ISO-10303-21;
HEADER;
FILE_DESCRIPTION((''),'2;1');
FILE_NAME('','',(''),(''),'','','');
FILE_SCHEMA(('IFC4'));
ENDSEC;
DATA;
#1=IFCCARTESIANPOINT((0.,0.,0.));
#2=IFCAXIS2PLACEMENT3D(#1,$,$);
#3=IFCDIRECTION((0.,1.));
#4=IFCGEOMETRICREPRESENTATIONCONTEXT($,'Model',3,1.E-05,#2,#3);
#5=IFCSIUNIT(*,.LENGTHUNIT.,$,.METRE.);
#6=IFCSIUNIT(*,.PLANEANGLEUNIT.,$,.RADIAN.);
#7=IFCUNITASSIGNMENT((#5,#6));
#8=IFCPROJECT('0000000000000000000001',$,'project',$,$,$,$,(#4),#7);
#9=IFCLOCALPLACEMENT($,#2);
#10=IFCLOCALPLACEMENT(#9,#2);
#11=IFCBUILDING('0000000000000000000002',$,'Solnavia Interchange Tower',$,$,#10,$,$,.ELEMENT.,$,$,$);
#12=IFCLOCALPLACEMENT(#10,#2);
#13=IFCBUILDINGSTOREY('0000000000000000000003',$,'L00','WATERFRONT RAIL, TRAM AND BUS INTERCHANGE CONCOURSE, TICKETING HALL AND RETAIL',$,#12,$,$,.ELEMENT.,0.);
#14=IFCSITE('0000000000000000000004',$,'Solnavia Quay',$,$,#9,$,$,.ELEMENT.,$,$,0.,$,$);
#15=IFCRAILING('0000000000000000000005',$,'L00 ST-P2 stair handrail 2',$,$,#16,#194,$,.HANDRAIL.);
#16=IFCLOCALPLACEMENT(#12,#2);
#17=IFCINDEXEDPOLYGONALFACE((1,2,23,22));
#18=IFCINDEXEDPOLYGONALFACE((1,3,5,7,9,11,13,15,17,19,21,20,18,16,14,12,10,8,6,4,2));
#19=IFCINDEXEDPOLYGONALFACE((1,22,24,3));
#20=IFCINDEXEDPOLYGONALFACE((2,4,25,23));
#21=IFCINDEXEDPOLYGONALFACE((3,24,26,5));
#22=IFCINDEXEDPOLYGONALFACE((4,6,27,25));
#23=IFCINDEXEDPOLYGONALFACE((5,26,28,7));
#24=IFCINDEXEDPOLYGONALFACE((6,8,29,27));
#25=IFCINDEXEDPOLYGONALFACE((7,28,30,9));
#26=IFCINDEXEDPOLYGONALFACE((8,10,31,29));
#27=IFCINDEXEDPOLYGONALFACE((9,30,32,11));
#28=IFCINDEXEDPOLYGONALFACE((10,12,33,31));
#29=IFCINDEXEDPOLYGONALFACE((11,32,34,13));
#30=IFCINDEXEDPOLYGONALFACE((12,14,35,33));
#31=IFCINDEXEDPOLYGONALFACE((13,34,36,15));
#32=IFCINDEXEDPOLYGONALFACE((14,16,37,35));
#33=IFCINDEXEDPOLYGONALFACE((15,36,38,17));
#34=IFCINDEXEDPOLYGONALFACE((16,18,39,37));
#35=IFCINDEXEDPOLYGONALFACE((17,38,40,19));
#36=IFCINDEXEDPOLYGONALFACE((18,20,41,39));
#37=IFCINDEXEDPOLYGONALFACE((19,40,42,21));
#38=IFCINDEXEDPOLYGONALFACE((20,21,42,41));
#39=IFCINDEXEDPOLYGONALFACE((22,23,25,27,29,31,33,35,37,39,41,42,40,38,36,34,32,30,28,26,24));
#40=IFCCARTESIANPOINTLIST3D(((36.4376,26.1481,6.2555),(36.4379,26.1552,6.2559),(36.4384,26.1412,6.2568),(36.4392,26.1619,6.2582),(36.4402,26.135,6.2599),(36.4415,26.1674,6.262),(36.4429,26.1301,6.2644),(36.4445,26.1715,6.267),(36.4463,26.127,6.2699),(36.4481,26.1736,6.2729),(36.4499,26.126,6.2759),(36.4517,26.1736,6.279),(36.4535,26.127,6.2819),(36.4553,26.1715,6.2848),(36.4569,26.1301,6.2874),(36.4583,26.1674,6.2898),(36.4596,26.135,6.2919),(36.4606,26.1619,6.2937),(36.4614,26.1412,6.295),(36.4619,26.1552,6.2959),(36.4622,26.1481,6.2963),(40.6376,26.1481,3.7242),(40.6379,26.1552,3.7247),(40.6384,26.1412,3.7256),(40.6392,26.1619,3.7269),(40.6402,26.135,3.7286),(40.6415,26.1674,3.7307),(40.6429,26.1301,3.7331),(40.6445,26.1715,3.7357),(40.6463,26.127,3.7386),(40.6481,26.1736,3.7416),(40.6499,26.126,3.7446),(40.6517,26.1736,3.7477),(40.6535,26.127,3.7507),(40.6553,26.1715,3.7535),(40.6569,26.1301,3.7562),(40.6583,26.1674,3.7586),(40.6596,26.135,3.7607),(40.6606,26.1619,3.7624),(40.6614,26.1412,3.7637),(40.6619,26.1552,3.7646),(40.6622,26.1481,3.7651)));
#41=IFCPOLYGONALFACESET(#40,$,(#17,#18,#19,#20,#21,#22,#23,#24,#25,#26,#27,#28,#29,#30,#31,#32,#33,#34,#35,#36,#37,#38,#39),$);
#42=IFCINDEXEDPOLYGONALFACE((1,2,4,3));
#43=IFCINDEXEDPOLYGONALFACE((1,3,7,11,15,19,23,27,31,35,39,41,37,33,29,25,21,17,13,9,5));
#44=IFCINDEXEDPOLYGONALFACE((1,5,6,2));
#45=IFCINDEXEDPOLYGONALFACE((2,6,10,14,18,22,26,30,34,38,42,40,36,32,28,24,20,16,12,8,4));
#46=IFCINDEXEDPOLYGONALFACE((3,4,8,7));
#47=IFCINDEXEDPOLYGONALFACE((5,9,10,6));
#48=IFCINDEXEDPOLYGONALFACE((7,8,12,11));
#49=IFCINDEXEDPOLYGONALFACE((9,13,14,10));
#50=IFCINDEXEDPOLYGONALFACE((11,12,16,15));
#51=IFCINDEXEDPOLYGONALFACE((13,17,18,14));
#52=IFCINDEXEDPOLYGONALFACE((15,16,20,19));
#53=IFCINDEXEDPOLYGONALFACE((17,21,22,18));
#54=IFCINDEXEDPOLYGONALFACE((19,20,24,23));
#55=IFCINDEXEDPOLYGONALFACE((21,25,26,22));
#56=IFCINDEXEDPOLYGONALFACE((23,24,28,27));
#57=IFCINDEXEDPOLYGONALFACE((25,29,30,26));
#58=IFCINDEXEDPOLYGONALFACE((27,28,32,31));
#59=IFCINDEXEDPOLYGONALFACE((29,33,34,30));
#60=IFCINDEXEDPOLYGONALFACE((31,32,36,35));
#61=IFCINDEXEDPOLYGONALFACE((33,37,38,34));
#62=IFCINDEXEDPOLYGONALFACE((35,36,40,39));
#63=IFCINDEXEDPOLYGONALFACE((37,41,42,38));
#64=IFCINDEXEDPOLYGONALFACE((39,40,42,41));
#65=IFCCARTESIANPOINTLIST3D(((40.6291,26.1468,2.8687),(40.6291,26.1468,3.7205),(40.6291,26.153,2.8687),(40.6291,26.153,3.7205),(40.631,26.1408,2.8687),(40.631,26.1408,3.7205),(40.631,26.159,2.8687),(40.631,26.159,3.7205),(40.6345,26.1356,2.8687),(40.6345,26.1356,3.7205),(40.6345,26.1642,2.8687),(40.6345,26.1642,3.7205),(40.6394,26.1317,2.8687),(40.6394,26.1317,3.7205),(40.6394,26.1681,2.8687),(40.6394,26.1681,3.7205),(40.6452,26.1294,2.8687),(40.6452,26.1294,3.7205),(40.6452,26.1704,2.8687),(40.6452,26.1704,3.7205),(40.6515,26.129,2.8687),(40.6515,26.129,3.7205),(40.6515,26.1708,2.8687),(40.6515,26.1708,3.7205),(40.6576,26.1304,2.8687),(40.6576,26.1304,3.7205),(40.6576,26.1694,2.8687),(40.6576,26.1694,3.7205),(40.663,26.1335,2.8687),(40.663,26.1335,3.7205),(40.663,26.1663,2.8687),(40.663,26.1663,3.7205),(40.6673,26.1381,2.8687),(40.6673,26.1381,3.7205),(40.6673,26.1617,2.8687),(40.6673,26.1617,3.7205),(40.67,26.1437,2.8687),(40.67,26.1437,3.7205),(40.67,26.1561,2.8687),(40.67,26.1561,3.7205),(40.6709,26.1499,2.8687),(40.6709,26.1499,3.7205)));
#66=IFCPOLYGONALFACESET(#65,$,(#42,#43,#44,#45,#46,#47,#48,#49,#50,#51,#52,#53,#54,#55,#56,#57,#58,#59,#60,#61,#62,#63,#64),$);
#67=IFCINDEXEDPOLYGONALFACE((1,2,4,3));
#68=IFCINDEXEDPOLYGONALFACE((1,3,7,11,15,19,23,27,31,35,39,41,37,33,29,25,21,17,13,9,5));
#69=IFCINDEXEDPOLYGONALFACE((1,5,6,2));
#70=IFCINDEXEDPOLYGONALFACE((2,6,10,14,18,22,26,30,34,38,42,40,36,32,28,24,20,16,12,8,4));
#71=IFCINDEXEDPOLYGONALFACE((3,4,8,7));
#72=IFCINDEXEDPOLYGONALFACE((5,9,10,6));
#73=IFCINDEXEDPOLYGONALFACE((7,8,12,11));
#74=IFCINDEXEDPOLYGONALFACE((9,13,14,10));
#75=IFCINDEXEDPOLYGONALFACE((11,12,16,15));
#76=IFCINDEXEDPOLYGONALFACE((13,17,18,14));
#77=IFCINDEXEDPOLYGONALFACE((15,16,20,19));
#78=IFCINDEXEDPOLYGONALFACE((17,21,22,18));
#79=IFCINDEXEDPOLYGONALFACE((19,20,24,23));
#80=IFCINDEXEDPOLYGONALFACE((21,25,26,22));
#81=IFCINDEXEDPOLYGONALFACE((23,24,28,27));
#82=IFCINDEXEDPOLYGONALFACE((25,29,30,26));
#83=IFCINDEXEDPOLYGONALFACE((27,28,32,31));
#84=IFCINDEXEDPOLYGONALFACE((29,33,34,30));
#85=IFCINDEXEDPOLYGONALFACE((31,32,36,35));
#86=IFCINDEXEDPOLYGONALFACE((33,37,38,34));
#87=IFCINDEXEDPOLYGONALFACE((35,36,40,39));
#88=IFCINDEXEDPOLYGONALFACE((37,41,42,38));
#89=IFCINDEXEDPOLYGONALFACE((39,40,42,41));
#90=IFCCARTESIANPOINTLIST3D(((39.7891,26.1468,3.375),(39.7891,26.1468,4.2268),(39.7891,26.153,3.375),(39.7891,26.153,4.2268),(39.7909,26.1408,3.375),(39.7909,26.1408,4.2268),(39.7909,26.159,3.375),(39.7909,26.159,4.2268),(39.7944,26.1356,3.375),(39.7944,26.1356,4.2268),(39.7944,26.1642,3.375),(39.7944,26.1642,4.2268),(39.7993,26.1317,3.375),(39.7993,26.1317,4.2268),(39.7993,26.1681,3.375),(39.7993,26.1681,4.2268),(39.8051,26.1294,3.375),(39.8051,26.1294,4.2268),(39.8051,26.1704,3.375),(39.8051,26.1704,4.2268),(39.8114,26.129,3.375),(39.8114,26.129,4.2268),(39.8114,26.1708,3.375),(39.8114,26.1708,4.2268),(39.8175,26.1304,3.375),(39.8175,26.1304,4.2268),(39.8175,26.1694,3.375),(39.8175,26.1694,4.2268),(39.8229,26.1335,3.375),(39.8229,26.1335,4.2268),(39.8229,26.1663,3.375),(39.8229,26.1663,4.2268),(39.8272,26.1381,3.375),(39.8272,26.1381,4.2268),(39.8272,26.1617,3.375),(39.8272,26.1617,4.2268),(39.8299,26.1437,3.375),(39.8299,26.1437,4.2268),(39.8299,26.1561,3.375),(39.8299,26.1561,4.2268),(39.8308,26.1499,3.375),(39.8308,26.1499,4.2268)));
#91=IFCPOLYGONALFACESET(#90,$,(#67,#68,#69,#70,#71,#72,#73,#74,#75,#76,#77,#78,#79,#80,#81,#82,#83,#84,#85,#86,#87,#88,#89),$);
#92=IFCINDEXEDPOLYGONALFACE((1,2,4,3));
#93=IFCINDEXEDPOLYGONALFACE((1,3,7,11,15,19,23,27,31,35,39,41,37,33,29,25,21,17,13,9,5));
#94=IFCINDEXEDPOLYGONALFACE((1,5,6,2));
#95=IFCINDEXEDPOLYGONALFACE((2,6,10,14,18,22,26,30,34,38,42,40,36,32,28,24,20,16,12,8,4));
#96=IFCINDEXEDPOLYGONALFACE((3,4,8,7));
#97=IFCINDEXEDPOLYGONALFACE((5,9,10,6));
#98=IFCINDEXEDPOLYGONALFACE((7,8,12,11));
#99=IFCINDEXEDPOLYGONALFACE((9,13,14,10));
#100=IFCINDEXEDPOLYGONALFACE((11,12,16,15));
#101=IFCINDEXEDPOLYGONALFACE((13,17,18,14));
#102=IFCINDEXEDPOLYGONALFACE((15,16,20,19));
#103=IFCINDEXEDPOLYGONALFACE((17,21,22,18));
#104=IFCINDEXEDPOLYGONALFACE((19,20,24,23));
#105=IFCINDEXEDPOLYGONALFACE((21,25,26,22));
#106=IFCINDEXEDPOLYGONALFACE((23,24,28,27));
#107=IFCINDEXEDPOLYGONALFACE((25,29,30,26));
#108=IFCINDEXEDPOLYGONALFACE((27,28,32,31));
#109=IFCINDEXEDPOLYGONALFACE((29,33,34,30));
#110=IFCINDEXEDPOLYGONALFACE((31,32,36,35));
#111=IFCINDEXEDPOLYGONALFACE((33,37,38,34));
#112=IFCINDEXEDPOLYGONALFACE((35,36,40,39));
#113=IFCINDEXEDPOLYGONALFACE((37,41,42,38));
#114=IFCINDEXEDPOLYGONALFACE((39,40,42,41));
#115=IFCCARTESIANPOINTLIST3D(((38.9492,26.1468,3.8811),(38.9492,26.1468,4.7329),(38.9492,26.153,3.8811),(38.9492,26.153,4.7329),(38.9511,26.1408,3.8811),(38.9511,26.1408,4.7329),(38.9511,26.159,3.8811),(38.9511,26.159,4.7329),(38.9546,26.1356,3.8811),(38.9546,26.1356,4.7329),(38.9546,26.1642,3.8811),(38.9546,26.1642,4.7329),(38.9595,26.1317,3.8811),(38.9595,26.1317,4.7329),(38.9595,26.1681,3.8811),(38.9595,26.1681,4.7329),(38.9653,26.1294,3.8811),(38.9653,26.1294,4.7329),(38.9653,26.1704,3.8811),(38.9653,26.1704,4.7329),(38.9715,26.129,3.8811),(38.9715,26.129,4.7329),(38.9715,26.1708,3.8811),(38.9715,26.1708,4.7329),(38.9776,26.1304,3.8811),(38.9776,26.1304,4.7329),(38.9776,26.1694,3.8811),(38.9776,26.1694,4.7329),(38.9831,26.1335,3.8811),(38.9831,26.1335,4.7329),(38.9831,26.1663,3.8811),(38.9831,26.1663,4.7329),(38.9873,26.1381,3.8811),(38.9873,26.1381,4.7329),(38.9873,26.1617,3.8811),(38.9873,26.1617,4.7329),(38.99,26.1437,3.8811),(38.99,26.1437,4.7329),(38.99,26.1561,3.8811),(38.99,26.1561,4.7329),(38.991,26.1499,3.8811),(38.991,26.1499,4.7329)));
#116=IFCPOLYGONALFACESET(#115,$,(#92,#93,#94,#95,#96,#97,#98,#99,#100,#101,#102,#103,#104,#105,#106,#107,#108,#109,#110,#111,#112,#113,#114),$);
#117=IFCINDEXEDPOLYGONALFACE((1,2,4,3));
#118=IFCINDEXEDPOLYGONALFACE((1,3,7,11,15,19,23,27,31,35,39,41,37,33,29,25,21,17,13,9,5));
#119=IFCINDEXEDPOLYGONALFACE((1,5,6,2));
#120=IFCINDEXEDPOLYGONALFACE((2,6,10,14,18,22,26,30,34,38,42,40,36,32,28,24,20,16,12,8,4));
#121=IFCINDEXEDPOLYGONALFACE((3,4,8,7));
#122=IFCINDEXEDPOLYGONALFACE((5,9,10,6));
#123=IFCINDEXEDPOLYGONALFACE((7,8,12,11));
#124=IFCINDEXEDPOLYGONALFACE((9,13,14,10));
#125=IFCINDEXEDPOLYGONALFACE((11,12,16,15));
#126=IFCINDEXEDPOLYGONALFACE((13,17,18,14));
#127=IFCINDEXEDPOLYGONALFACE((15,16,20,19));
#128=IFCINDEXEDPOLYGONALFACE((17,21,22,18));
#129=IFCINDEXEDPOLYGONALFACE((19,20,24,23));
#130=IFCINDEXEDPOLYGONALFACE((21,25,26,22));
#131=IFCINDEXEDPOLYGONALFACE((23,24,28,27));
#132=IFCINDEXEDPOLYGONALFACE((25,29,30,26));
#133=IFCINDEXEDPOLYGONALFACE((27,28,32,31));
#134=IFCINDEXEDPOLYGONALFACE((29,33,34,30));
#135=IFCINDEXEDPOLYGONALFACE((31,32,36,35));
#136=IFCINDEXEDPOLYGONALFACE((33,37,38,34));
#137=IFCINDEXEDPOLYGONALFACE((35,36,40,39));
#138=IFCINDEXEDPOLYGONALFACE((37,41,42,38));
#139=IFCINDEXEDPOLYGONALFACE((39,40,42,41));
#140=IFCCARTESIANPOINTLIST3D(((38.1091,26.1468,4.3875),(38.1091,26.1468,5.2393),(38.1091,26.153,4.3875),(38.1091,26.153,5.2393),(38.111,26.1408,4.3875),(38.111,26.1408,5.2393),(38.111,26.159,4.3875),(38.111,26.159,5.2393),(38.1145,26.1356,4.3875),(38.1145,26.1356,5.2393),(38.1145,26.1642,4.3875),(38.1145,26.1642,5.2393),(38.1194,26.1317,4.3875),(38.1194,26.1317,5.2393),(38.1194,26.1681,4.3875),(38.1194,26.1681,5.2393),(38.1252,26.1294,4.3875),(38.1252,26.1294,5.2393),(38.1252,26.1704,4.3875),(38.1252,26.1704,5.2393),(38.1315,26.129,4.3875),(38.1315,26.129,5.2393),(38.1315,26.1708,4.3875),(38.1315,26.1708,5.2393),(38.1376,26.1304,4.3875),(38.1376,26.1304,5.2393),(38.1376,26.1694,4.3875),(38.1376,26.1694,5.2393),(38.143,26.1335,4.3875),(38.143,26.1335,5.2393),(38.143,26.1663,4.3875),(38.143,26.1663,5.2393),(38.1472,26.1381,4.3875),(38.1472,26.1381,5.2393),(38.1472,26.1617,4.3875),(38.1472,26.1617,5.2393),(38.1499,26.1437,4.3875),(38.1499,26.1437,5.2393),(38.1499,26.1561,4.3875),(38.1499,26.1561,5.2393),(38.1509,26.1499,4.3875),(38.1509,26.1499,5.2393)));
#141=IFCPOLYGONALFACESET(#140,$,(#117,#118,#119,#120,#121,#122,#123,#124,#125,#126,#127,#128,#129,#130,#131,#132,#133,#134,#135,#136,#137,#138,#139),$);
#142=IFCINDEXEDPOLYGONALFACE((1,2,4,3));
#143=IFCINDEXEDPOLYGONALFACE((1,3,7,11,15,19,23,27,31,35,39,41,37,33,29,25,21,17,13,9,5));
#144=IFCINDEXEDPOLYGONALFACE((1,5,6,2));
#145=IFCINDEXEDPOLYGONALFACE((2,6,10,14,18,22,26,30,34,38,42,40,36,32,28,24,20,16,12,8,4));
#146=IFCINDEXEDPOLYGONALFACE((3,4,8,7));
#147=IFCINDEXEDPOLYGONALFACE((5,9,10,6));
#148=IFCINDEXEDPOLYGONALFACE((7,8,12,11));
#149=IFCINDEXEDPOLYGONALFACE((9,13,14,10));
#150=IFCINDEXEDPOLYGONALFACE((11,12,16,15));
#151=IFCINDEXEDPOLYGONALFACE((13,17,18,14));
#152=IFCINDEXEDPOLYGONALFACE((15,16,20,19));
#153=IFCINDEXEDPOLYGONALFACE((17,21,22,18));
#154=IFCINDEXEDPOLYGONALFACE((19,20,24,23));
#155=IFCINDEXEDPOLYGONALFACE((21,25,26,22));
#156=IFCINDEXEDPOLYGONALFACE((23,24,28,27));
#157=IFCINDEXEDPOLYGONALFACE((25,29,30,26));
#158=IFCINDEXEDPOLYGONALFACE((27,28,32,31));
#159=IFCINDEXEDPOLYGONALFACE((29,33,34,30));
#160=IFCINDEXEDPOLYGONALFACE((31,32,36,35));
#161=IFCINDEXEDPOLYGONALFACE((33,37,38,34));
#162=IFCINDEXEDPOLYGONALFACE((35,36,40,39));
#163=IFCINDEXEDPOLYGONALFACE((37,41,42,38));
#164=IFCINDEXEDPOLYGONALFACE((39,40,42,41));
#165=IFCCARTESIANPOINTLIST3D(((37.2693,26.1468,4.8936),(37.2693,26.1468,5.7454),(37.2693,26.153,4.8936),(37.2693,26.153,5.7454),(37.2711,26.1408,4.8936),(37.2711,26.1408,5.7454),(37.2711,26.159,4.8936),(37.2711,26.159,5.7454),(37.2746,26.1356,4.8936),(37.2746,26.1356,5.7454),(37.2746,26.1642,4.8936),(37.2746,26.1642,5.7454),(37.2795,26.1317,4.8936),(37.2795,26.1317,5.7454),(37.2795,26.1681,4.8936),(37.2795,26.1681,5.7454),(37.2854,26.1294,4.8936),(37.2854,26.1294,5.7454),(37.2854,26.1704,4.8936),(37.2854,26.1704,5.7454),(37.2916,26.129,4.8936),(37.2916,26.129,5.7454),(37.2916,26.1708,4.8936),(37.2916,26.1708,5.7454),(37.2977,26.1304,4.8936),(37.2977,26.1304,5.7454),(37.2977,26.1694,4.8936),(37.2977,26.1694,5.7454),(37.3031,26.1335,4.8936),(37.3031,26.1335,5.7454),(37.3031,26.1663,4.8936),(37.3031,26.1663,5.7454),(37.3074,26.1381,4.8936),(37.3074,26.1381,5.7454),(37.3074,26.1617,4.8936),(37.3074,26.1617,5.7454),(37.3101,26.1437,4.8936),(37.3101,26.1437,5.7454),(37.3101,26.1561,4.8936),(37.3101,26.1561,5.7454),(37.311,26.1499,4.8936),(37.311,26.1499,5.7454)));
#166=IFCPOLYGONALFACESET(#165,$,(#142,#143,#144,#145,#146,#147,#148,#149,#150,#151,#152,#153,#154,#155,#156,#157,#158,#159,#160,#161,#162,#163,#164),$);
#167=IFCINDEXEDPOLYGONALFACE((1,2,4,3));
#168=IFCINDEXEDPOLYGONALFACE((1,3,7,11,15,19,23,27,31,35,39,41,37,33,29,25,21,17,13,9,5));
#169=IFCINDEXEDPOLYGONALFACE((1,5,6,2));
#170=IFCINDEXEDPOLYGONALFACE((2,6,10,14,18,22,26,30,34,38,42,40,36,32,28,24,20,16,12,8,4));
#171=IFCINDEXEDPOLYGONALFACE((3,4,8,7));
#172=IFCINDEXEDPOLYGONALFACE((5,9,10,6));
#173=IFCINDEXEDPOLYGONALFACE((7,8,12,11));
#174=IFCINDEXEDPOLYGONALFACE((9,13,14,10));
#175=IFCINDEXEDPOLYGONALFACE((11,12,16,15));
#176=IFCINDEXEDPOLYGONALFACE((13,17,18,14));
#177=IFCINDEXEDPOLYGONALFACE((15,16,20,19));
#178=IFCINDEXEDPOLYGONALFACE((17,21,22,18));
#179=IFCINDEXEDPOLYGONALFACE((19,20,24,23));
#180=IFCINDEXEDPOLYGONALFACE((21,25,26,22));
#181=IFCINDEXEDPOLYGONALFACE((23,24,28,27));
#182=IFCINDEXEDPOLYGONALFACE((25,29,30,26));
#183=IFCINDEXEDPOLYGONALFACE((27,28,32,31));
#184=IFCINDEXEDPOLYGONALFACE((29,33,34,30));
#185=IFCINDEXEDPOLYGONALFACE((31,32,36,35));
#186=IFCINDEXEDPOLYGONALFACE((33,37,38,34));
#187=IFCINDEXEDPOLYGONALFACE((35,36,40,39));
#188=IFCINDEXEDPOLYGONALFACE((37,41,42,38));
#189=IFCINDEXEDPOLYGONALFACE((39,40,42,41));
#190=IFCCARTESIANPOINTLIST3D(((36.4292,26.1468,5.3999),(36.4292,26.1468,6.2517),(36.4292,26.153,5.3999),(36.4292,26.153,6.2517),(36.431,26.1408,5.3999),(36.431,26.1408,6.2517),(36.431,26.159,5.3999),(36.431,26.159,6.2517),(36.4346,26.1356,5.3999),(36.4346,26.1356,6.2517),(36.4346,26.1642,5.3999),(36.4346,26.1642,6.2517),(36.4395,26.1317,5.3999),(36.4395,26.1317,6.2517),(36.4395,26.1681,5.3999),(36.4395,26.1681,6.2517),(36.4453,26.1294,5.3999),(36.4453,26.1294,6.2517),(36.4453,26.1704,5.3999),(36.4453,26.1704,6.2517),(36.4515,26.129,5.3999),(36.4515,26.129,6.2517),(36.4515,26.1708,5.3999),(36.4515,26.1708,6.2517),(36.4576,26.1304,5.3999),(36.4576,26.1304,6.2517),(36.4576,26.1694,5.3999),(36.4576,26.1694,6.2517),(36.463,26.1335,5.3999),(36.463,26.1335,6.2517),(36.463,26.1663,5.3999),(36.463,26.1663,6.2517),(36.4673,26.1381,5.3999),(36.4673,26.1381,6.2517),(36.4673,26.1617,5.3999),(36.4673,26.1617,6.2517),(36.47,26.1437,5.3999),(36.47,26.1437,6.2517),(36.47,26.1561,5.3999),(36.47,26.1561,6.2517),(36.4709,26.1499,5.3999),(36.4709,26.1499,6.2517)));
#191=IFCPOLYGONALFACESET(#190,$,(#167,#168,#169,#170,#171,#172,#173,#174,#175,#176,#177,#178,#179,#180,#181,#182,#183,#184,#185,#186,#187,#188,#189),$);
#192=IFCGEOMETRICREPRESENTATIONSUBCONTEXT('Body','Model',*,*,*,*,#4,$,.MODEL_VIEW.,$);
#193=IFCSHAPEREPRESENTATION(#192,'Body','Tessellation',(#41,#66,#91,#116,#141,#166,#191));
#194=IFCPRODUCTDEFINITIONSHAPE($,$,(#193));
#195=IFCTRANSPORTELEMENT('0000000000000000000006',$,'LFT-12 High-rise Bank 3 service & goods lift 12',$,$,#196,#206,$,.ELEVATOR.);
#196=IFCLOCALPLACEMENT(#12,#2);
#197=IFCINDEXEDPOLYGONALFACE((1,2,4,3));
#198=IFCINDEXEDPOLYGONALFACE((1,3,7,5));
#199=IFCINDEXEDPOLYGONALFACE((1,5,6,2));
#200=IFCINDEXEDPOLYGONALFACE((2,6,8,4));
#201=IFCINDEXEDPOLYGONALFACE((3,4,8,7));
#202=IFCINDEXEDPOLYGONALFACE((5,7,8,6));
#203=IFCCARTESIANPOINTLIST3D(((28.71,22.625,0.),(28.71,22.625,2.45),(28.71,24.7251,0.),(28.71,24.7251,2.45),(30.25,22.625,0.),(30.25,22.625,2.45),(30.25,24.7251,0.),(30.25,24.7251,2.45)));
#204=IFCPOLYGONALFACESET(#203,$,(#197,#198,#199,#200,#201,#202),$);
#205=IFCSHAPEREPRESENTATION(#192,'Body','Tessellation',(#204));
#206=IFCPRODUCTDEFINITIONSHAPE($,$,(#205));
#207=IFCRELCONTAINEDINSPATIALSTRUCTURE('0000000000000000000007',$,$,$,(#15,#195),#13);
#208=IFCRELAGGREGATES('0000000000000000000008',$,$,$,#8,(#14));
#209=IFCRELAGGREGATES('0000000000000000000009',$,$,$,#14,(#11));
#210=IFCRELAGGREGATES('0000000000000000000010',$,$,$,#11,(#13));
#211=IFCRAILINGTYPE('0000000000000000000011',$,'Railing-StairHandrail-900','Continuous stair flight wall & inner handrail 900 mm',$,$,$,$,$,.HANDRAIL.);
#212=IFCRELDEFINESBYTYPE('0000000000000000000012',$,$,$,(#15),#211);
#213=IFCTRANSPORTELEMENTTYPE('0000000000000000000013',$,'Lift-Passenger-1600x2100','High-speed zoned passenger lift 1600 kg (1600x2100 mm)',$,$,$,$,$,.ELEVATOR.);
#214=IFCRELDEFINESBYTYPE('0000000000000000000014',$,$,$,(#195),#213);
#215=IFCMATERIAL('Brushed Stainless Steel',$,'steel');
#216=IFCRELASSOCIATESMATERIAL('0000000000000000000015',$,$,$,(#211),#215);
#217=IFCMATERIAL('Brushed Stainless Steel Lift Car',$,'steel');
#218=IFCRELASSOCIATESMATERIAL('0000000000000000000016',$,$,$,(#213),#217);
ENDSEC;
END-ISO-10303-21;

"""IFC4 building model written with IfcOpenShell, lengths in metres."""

from ifc_helpers import new_model, si_unit, direction, frame, origin, origin_2d, place, context, subcontext, project, spatial, rectangle, circle, extrude, material, type_object, element, save


model = new_model("IFC4")

# Units and contexts
model_context = context("Model", 3, precision=1e-05, world=origin(), true_north=direction((0.0, 1.0)))
body_context = subcontext(model_context, "Body", "Model", "MODEL_VIEW")
ifc_project = project(units=[si_unit("LENGTHUNIT", "METRE"), si_unit("PLANEANGLEUNIT", "RADIAN")], contexts=[model_context])

# Site, building, storey
site_placement = place(None, origin())
site = spatial("IfcSite", under=ifc_project, at=site_placement, Name="Solnavia Quay", CompositionType="ELEMENT", RefElevation=0.0)
building_placement = place(site_placement, origin())
building = spatial("IfcBuilding", under=site, at=building_placement, Name="Solnavia Interchange Tower", CompositionType="ELEMENT")
storey_placement = place(building_placement, origin())
storey = spatial("IfcBuildingStorey", under=building, at=storey_placement, Name="L00", Description="WATERFRONT RAIL, TRAM AND BUS INTERCHANGE CONCOURSE, TICKETING HALL AND RETAIL", CompositionType="ELEMENT", Elevation=0.0)

# Railing
ifc_material_1 = material(Name="Brushed Stainless Steel", Category="steel")
railing_type_1 = type_object("IfcRailingType", Name="Railing-StairHandrail-900", Description="Continuous stair flight wall & inner handrail 900 mm", PredefinedType="HANDRAIL", material=ifc_material_1)
railing_1_placement = place(storey_placement, frame((40.6499, 26.1499, 2.8687)))
element("IfcRailing", 1, at=railing_1_placement, inside=storey, type_object=railing_type_1, Name="L00 ST-P2 stair handrail 2", PredefinedType="HANDRAIL", context=body_context, shape_type="SweptSolid", body=[
    extrude(circle(Radius=0.0239, at=origin_2d()), frame((0.0, 0.0, 0.876), z_axis=(-0.856476, 0.0, 0.516186), x_axis=(0.0, -1.0, 0.0)), (0.0, 0.0, 1.0), 4.9038),
    extrude(circle(Radius=0.021, at=origin_2d()), origin(), (0.0, 0.0, 1.0), 0.8518),
    extrude(circle(Radius=0.021, at=origin_2d()), frame((-0.8401, 0.0, 0.5063)), (0.0, 0.0, 1.0), 0.8518),
    extrude(circle(Radius=0.021, at=origin_2d()), frame((-1.6799, 0.0, 1.0125)), (0.0, 0.0, 1.0), 0.8518),
    extrude(circle(Radius=0.021, at=origin_2d()), frame((-2.52, 0.0, 1.5188)), (0.0, 0.0, 1.0), 0.8518),
    extrude(circle(Radius=0.021, at=origin_2d()), frame((-3.3599, 0.0, 2.0249)), (0.0, 0.0, 1.0), 0.8518),
    extrude(circle(Radius=0.021, at=origin_2d()), frame((-4.2, 0.0, 2.5312)), (0.0, 0.0, 1.0), 0.8518),
])

# Transport element
ifc_material_2 = material(Name="Brushed Stainless Steel Lift Car", Category="steel")
transport_element_type = type_object("IfcTransportElementType", Name="Lift-Passenger-1600x2100", Description="High-speed zoned passenger lift 1600 kg (1600x2100 mm)", PredefinedType="ELEVATOR", material=ifc_material_2)
transport_element_placement = place(storey_placement, frame((29.48, 23.675, 0.0), z_axis=(0.0, 0.0, 1.0), x_axis=(1.0, 0.0, 0.0)))
element("IfcTransportElement", 2, at=transport_element_placement, inside=storey, type_object=transport_element_type, Name="LFT-12 High-rise Bank 3 service & goods lift 12", PredefinedType="ELEVATOR", context=body_context, shape_type="SweptSolid", body=[
    extrude(rectangle(XDim=1.54, YDim=2.1001, at=origin_2d()), origin(), (0.0, 0.0, 1.0), 2.45),
])

save(model, "model.ifc")
